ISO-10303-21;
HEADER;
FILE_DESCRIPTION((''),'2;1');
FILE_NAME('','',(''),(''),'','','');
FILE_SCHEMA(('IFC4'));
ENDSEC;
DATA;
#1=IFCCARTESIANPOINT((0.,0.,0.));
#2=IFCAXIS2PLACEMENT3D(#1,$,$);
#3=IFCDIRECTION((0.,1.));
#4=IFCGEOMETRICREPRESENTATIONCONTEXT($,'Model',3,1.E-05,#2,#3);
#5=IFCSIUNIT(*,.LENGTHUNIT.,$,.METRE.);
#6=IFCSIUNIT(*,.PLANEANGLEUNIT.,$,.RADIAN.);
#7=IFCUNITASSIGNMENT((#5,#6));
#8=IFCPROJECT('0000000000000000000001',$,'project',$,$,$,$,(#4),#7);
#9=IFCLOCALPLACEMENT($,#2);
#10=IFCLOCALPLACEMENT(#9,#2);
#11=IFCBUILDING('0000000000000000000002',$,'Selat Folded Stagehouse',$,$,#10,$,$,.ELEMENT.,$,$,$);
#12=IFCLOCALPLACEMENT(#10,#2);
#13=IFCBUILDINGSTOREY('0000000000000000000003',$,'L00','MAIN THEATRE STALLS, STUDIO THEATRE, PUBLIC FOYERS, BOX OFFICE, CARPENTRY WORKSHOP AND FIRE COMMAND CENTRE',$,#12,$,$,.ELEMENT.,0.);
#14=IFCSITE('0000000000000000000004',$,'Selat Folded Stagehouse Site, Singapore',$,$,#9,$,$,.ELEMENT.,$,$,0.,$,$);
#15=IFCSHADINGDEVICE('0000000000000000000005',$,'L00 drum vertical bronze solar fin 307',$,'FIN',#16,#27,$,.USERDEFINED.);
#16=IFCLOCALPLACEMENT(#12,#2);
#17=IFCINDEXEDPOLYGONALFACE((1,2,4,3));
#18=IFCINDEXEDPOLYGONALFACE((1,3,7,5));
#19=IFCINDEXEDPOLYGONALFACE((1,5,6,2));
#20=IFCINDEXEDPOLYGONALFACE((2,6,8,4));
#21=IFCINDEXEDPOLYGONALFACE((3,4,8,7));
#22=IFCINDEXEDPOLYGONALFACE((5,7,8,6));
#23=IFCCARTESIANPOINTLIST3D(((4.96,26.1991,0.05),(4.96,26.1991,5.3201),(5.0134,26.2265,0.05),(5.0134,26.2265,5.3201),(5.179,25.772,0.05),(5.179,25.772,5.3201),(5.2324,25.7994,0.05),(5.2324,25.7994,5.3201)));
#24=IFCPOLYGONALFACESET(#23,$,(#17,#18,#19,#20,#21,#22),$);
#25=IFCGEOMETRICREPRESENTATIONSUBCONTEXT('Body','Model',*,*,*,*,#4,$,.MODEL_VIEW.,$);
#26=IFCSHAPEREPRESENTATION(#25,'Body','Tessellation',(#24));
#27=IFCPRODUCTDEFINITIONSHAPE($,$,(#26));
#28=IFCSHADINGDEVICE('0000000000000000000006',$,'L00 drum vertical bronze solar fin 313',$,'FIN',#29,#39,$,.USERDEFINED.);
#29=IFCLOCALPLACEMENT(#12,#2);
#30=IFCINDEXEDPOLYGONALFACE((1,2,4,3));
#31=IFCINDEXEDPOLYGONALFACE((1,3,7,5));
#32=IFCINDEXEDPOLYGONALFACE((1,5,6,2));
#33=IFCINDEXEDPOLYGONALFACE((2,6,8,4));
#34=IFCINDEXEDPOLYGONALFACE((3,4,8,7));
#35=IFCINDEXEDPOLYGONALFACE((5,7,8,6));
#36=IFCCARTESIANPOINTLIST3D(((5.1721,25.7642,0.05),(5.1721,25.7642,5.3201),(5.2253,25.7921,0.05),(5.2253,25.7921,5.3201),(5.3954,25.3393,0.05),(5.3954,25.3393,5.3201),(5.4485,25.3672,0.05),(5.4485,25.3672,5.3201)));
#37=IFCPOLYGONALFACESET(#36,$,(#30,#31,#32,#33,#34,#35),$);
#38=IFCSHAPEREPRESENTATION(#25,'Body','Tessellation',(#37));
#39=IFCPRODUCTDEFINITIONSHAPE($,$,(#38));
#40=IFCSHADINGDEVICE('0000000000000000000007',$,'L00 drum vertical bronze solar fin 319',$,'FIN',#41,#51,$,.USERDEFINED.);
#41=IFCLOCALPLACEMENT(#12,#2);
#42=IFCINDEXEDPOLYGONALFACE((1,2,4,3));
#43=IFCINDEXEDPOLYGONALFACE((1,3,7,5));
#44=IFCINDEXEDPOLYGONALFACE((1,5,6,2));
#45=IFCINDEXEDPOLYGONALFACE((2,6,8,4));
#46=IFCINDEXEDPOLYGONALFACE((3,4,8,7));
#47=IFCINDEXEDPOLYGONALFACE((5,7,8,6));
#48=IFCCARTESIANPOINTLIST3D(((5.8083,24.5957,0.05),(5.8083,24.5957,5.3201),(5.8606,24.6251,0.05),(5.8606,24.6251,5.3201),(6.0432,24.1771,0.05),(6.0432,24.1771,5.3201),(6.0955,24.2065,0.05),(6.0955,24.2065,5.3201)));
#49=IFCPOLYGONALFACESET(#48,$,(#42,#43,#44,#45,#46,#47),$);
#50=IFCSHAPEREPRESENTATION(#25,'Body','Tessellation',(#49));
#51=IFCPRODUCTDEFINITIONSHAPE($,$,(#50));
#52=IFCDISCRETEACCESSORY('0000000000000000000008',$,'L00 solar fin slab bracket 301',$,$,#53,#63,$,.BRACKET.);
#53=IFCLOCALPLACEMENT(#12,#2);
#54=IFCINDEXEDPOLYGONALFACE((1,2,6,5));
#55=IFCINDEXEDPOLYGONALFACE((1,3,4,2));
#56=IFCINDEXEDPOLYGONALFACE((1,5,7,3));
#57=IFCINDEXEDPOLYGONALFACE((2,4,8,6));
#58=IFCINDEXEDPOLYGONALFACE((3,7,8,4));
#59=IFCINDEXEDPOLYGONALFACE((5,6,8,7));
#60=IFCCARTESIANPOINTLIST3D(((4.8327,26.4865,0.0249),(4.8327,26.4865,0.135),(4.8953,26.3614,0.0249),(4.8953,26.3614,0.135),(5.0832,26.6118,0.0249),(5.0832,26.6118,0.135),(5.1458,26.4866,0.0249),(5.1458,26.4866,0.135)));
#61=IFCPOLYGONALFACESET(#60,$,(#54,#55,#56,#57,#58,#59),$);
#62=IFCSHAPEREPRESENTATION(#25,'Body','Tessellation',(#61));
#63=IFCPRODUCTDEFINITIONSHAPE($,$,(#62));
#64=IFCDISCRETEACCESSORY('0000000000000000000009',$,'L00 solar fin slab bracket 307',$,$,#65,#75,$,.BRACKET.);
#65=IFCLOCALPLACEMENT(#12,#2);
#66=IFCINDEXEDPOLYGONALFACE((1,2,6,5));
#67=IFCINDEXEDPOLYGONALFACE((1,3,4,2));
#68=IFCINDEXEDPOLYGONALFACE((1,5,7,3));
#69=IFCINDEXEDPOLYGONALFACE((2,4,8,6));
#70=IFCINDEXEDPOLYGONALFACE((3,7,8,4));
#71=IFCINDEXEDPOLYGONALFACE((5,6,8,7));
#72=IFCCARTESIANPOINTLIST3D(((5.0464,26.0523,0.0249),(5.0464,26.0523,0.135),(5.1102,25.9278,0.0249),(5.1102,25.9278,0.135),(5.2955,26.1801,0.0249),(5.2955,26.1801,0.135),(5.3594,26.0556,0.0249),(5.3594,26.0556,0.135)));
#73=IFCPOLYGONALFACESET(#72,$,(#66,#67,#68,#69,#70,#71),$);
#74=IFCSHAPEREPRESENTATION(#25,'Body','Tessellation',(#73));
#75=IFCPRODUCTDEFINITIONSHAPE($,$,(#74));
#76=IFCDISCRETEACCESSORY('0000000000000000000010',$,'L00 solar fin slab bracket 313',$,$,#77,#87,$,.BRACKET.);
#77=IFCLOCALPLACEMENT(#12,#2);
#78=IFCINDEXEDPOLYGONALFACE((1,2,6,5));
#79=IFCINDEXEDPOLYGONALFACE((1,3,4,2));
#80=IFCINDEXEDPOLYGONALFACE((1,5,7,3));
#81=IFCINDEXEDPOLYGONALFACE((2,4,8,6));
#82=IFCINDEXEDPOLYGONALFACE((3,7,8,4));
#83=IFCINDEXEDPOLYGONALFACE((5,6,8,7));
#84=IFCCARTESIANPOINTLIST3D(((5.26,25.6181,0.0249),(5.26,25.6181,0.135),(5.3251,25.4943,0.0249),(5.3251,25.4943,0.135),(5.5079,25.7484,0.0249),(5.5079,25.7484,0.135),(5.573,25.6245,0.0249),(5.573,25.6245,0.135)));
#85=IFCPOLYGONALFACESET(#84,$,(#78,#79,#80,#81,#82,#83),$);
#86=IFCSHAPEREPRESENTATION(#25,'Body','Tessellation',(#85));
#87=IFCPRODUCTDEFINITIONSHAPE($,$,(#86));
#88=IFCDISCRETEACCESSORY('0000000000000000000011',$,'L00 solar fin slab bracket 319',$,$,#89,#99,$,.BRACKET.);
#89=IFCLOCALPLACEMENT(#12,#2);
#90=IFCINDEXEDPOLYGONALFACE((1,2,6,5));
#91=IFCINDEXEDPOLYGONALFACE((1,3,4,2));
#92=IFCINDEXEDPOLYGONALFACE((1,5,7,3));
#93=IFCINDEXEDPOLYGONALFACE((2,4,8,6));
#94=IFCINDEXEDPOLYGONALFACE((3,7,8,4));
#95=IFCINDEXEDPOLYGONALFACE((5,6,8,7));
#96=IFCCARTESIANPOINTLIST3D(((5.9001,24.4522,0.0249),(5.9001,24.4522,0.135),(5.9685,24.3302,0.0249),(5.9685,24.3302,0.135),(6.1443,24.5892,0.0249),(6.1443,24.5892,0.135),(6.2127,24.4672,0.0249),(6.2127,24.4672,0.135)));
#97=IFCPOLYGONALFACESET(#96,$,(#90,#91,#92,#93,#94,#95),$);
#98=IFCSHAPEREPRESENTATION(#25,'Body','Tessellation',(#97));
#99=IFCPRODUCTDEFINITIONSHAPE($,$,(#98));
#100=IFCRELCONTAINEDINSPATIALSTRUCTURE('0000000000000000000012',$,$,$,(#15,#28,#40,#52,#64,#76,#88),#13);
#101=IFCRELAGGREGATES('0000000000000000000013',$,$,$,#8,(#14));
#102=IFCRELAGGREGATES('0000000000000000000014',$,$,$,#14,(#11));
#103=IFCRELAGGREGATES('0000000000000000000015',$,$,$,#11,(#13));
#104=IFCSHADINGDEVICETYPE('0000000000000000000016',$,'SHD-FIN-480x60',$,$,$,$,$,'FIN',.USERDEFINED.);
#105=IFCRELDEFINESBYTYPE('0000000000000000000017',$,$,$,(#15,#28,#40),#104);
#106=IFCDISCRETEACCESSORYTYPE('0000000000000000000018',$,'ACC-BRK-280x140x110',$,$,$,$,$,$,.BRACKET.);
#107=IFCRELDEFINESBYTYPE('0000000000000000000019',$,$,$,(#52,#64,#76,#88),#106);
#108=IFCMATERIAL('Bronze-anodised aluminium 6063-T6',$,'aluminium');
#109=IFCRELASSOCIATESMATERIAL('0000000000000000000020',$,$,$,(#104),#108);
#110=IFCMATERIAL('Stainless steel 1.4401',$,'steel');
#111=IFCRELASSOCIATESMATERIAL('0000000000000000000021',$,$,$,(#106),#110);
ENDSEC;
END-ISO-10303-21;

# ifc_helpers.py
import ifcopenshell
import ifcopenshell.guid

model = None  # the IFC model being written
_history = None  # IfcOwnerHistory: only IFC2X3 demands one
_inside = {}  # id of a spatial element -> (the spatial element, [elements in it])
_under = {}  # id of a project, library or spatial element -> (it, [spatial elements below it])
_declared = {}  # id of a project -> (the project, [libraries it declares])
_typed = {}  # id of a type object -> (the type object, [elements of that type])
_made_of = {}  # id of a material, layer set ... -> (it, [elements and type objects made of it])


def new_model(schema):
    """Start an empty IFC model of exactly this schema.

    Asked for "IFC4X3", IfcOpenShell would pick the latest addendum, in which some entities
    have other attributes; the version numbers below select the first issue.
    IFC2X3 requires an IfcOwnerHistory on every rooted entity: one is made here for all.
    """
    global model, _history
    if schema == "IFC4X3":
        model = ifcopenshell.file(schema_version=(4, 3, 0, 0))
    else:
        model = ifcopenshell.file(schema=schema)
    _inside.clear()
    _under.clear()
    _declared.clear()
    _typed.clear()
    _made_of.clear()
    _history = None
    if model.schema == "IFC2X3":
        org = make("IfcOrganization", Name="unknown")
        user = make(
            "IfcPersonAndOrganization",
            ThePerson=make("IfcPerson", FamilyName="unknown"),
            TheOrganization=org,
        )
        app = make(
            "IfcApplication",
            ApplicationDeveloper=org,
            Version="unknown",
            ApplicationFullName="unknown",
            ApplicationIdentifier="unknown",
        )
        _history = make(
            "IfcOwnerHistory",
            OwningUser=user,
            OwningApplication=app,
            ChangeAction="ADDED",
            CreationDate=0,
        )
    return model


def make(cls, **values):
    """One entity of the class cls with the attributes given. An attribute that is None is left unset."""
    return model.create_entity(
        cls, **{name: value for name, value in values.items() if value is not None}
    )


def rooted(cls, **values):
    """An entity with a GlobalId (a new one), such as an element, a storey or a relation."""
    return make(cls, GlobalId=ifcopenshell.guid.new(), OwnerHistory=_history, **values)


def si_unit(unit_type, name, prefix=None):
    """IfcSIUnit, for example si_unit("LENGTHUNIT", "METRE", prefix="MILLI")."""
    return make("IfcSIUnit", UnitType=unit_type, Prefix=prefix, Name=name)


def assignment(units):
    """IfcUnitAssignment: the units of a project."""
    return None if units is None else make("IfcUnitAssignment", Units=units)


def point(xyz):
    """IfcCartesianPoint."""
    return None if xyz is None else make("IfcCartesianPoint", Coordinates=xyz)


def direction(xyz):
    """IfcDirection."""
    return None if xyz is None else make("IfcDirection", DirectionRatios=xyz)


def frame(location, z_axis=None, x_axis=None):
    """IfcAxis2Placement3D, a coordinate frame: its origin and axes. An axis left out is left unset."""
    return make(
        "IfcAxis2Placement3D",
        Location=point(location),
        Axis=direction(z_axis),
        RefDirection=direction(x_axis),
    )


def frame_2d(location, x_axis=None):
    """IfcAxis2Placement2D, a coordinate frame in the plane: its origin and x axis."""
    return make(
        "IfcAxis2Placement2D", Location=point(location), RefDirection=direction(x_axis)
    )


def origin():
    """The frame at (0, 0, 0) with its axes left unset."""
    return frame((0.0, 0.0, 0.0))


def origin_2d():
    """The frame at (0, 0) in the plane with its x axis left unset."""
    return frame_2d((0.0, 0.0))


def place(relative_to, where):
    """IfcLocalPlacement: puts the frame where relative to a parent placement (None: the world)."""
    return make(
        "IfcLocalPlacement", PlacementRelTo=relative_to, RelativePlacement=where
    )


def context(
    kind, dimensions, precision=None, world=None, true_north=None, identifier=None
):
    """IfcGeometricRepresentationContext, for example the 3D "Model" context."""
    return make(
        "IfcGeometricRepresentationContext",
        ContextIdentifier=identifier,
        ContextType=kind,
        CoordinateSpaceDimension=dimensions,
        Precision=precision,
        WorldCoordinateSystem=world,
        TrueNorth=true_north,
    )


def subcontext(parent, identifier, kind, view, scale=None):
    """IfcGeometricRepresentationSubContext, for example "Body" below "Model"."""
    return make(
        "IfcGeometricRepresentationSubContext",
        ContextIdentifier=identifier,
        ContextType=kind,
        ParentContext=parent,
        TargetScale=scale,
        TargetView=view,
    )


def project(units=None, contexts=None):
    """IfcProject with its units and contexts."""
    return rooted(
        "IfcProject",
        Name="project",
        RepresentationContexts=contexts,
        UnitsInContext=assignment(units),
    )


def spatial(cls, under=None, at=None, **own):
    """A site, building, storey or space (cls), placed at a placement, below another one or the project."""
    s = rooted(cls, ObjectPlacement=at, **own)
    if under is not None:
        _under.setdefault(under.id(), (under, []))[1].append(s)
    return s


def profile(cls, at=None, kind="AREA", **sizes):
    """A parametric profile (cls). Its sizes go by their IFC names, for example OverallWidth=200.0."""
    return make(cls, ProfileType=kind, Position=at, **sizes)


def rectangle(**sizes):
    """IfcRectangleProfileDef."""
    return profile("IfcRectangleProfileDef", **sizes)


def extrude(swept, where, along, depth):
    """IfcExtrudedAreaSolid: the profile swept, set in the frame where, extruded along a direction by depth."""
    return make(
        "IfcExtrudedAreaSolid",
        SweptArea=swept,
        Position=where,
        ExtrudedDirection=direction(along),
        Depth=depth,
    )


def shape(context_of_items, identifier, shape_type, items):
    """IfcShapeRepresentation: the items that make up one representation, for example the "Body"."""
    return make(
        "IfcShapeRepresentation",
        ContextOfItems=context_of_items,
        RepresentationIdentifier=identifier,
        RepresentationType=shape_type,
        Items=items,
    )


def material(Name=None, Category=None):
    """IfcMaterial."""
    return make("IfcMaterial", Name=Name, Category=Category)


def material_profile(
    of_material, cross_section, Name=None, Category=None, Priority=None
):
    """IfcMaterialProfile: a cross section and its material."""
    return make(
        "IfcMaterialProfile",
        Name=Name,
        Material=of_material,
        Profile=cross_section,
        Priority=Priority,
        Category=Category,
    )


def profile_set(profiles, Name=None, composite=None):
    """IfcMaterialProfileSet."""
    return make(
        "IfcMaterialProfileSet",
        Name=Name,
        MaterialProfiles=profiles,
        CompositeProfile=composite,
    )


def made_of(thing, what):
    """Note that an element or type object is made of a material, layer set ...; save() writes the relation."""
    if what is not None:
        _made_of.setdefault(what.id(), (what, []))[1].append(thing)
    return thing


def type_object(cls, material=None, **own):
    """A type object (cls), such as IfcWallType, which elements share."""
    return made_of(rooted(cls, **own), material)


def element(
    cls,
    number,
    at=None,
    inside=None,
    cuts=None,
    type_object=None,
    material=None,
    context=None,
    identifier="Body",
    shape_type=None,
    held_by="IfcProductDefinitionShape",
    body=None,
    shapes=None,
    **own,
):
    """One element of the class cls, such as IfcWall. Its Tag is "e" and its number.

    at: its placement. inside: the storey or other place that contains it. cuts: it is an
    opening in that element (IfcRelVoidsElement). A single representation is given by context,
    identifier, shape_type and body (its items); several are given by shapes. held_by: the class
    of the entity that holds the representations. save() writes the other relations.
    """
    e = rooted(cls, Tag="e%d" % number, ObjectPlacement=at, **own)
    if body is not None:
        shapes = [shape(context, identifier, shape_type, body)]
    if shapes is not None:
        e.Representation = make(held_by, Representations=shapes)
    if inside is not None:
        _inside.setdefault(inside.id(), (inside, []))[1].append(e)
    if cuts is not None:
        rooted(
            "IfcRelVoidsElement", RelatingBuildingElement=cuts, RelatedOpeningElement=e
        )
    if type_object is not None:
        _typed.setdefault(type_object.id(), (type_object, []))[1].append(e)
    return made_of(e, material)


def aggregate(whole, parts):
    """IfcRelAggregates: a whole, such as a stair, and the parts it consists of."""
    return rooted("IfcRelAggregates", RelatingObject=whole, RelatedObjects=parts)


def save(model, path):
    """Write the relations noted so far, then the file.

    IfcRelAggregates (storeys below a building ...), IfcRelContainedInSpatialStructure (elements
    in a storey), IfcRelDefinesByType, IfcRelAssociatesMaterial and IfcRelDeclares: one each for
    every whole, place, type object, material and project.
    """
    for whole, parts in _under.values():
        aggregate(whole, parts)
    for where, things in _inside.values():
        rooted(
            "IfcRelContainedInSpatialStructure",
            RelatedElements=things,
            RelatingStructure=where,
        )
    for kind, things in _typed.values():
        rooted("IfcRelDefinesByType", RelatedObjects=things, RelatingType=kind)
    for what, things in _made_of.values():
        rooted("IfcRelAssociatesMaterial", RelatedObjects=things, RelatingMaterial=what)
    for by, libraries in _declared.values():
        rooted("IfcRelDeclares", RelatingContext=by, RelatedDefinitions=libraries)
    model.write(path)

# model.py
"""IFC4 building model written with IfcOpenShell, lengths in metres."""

from ifc_helpers import new_model, si_unit, direction, frame, origin, origin_2d, place, context, subcontext, project, spatial, rectangle, extrude, material, material_profile, profile_set, type_object, element, save


model = new_model("IFC4")

# Units and contexts
model_context = context("Model", 3, precision=1e-05, world=origin(), true_north=direction((0.0, 1.0)))
body_context = subcontext(model_context, "Body", "Model", "MODEL_VIEW")
ifc_project = project(units=[si_unit("LENGTHUNIT", "METRE"), si_unit("PLANEANGLEUNIT", "RADIAN")], contexts=[model_context])

# Site, building, storey
site_placement = place(None, origin())
site = spatial("IfcSite", under=ifc_project, at=site_placement, Name="Selat Folded Stagehouse Site, Singapore", CompositionType="ELEMENT", RefElevation=0.0)
building_placement = place(site_placement, origin())
building = spatial("IfcBuilding", under=site, at=building_placement, Name="Selat Folded Stagehouse", CompositionType="ELEMENT")
storey_placement = place(building_placement, origin())
storey = spatial("IfcBuildingStorey", under=building, at=storey_placement, Name="L00", Description="MAIN THEATRE STALLS, STUDIO THEATRE, PUBLIC FOYERS, BOX OFFICE, CARPENTRY WORKSHOP AND FIRE COMMAND CENTRE", CompositionType="ELEMENT", Elevation=0.0)

# Shading devices
ifc_material_1 = material(Name="Bronze-anodised aluminium 6063-T6", Category="aluminium")
ifc_material_profile_1 = material_profile(ifc_material_1, rectangle(XDim=0.0601, YDim=0.48, at=origin_2d()), Name="SOLAR-FIN 480x60")
ifc_profile_set_1 = profile_set([ifc_material_profile_1], Name="Bronze-anodised aluminium 6063-T6")
shading_device_type = type_object("IfcShadingDeviceType", Name="SHD-FIN-480x60", ElementType="FIN", PredefinedType="USERDEFINED", material=ifc_profile_set_1)
for number, where, z_axis, x_axis, name in (
    (1, (5.0962, 25.9993, 0.05), (0.0, 0.0, 1.0), (-0.889815, -0.456322, 0.0), "L00 drum vertical bronze solar fin 307"),
    (2, (5.3103, 25.5657, 0.05), (0.0, 0.0, 1.0), (-0.885231, -0.465151, 0.0), "L00 drum vertical bronze solar fin 313"),
    (3, (5.9519, 24.4011, 0.05), (0.0, 0.0, 1.0), (-0.872069, -0.489382, 0.0), "L00 drum vertical bronze solar fin 319"),
):
    element("IfcShadingDevice", number, at=place(storey_placement, frame(where, z_axis=z_axis, x_axis=x_axis)), inside=storey, type_object=shading_device_type, Name=name, ObjectType="FIN", PredefinedType="USERDEFINED", context=body_context, shape_type="SweptSolid", body=[
        extrude(rectangle(XDim=0.0601, YDim=0.48, at=origin_2d()), origin(), (0.0, 0.0, 1.0), 5.27),
    ])

# Discrete accessories
ifc_material_2 = material(Name="Stainless steel 1.4401", Category="steel")
discrete_accessory_type = type_object("IfcDiscreteAccessoryType", Name="ACC-BRK-280x140x110", PredefinedType="BRACKET", material=ifc_material_2)
for number, where, z_axis, x_axis, name in (
    (4, (4.9893, 26.4866, 0.0249), (0.0, 0.0, 1.0), (-0.894389, -0.447291, 0.0), "L00 solar fin slab bracket 301"),
    (5, (5.2029, 26.054, 0.0249), (0.0, 0.0, 1.0), (-0.889815, -0.456322, 0.0), "L00 solar fin slab bracket 307"),
    (6, (5.4165, 25.6213, 0.0249), (0.0, 0.0, 1.0), (-0.885231, -0.465151, 0.0), "L00 solar fin slab bracket 313"),
    (7, (6.0564, 24.4597, 0.0249), (0.0, 0.0, 1.0), (-0.872069, -0.489382, 0.0), "L00 solar fin slab bracket 319"),
):
    element("IfcDiscreteAccessory", number, at=place(storey_placement, frame(where, z_axis=z_axis, x_axis=x_axis)), inside=storey, type_object=discrete_accessory_type, Name=name, PredefinedType="BRACKET", context=body_context, shape_type="SweptSolid", body=[
        extrude(rectangle(XDim=0.28, YDim=0.1399, at=origin_2d()), origin(), (0.0, 0.0, 1.0), 0.1101),
    ])

save(model, "model.ifc")
